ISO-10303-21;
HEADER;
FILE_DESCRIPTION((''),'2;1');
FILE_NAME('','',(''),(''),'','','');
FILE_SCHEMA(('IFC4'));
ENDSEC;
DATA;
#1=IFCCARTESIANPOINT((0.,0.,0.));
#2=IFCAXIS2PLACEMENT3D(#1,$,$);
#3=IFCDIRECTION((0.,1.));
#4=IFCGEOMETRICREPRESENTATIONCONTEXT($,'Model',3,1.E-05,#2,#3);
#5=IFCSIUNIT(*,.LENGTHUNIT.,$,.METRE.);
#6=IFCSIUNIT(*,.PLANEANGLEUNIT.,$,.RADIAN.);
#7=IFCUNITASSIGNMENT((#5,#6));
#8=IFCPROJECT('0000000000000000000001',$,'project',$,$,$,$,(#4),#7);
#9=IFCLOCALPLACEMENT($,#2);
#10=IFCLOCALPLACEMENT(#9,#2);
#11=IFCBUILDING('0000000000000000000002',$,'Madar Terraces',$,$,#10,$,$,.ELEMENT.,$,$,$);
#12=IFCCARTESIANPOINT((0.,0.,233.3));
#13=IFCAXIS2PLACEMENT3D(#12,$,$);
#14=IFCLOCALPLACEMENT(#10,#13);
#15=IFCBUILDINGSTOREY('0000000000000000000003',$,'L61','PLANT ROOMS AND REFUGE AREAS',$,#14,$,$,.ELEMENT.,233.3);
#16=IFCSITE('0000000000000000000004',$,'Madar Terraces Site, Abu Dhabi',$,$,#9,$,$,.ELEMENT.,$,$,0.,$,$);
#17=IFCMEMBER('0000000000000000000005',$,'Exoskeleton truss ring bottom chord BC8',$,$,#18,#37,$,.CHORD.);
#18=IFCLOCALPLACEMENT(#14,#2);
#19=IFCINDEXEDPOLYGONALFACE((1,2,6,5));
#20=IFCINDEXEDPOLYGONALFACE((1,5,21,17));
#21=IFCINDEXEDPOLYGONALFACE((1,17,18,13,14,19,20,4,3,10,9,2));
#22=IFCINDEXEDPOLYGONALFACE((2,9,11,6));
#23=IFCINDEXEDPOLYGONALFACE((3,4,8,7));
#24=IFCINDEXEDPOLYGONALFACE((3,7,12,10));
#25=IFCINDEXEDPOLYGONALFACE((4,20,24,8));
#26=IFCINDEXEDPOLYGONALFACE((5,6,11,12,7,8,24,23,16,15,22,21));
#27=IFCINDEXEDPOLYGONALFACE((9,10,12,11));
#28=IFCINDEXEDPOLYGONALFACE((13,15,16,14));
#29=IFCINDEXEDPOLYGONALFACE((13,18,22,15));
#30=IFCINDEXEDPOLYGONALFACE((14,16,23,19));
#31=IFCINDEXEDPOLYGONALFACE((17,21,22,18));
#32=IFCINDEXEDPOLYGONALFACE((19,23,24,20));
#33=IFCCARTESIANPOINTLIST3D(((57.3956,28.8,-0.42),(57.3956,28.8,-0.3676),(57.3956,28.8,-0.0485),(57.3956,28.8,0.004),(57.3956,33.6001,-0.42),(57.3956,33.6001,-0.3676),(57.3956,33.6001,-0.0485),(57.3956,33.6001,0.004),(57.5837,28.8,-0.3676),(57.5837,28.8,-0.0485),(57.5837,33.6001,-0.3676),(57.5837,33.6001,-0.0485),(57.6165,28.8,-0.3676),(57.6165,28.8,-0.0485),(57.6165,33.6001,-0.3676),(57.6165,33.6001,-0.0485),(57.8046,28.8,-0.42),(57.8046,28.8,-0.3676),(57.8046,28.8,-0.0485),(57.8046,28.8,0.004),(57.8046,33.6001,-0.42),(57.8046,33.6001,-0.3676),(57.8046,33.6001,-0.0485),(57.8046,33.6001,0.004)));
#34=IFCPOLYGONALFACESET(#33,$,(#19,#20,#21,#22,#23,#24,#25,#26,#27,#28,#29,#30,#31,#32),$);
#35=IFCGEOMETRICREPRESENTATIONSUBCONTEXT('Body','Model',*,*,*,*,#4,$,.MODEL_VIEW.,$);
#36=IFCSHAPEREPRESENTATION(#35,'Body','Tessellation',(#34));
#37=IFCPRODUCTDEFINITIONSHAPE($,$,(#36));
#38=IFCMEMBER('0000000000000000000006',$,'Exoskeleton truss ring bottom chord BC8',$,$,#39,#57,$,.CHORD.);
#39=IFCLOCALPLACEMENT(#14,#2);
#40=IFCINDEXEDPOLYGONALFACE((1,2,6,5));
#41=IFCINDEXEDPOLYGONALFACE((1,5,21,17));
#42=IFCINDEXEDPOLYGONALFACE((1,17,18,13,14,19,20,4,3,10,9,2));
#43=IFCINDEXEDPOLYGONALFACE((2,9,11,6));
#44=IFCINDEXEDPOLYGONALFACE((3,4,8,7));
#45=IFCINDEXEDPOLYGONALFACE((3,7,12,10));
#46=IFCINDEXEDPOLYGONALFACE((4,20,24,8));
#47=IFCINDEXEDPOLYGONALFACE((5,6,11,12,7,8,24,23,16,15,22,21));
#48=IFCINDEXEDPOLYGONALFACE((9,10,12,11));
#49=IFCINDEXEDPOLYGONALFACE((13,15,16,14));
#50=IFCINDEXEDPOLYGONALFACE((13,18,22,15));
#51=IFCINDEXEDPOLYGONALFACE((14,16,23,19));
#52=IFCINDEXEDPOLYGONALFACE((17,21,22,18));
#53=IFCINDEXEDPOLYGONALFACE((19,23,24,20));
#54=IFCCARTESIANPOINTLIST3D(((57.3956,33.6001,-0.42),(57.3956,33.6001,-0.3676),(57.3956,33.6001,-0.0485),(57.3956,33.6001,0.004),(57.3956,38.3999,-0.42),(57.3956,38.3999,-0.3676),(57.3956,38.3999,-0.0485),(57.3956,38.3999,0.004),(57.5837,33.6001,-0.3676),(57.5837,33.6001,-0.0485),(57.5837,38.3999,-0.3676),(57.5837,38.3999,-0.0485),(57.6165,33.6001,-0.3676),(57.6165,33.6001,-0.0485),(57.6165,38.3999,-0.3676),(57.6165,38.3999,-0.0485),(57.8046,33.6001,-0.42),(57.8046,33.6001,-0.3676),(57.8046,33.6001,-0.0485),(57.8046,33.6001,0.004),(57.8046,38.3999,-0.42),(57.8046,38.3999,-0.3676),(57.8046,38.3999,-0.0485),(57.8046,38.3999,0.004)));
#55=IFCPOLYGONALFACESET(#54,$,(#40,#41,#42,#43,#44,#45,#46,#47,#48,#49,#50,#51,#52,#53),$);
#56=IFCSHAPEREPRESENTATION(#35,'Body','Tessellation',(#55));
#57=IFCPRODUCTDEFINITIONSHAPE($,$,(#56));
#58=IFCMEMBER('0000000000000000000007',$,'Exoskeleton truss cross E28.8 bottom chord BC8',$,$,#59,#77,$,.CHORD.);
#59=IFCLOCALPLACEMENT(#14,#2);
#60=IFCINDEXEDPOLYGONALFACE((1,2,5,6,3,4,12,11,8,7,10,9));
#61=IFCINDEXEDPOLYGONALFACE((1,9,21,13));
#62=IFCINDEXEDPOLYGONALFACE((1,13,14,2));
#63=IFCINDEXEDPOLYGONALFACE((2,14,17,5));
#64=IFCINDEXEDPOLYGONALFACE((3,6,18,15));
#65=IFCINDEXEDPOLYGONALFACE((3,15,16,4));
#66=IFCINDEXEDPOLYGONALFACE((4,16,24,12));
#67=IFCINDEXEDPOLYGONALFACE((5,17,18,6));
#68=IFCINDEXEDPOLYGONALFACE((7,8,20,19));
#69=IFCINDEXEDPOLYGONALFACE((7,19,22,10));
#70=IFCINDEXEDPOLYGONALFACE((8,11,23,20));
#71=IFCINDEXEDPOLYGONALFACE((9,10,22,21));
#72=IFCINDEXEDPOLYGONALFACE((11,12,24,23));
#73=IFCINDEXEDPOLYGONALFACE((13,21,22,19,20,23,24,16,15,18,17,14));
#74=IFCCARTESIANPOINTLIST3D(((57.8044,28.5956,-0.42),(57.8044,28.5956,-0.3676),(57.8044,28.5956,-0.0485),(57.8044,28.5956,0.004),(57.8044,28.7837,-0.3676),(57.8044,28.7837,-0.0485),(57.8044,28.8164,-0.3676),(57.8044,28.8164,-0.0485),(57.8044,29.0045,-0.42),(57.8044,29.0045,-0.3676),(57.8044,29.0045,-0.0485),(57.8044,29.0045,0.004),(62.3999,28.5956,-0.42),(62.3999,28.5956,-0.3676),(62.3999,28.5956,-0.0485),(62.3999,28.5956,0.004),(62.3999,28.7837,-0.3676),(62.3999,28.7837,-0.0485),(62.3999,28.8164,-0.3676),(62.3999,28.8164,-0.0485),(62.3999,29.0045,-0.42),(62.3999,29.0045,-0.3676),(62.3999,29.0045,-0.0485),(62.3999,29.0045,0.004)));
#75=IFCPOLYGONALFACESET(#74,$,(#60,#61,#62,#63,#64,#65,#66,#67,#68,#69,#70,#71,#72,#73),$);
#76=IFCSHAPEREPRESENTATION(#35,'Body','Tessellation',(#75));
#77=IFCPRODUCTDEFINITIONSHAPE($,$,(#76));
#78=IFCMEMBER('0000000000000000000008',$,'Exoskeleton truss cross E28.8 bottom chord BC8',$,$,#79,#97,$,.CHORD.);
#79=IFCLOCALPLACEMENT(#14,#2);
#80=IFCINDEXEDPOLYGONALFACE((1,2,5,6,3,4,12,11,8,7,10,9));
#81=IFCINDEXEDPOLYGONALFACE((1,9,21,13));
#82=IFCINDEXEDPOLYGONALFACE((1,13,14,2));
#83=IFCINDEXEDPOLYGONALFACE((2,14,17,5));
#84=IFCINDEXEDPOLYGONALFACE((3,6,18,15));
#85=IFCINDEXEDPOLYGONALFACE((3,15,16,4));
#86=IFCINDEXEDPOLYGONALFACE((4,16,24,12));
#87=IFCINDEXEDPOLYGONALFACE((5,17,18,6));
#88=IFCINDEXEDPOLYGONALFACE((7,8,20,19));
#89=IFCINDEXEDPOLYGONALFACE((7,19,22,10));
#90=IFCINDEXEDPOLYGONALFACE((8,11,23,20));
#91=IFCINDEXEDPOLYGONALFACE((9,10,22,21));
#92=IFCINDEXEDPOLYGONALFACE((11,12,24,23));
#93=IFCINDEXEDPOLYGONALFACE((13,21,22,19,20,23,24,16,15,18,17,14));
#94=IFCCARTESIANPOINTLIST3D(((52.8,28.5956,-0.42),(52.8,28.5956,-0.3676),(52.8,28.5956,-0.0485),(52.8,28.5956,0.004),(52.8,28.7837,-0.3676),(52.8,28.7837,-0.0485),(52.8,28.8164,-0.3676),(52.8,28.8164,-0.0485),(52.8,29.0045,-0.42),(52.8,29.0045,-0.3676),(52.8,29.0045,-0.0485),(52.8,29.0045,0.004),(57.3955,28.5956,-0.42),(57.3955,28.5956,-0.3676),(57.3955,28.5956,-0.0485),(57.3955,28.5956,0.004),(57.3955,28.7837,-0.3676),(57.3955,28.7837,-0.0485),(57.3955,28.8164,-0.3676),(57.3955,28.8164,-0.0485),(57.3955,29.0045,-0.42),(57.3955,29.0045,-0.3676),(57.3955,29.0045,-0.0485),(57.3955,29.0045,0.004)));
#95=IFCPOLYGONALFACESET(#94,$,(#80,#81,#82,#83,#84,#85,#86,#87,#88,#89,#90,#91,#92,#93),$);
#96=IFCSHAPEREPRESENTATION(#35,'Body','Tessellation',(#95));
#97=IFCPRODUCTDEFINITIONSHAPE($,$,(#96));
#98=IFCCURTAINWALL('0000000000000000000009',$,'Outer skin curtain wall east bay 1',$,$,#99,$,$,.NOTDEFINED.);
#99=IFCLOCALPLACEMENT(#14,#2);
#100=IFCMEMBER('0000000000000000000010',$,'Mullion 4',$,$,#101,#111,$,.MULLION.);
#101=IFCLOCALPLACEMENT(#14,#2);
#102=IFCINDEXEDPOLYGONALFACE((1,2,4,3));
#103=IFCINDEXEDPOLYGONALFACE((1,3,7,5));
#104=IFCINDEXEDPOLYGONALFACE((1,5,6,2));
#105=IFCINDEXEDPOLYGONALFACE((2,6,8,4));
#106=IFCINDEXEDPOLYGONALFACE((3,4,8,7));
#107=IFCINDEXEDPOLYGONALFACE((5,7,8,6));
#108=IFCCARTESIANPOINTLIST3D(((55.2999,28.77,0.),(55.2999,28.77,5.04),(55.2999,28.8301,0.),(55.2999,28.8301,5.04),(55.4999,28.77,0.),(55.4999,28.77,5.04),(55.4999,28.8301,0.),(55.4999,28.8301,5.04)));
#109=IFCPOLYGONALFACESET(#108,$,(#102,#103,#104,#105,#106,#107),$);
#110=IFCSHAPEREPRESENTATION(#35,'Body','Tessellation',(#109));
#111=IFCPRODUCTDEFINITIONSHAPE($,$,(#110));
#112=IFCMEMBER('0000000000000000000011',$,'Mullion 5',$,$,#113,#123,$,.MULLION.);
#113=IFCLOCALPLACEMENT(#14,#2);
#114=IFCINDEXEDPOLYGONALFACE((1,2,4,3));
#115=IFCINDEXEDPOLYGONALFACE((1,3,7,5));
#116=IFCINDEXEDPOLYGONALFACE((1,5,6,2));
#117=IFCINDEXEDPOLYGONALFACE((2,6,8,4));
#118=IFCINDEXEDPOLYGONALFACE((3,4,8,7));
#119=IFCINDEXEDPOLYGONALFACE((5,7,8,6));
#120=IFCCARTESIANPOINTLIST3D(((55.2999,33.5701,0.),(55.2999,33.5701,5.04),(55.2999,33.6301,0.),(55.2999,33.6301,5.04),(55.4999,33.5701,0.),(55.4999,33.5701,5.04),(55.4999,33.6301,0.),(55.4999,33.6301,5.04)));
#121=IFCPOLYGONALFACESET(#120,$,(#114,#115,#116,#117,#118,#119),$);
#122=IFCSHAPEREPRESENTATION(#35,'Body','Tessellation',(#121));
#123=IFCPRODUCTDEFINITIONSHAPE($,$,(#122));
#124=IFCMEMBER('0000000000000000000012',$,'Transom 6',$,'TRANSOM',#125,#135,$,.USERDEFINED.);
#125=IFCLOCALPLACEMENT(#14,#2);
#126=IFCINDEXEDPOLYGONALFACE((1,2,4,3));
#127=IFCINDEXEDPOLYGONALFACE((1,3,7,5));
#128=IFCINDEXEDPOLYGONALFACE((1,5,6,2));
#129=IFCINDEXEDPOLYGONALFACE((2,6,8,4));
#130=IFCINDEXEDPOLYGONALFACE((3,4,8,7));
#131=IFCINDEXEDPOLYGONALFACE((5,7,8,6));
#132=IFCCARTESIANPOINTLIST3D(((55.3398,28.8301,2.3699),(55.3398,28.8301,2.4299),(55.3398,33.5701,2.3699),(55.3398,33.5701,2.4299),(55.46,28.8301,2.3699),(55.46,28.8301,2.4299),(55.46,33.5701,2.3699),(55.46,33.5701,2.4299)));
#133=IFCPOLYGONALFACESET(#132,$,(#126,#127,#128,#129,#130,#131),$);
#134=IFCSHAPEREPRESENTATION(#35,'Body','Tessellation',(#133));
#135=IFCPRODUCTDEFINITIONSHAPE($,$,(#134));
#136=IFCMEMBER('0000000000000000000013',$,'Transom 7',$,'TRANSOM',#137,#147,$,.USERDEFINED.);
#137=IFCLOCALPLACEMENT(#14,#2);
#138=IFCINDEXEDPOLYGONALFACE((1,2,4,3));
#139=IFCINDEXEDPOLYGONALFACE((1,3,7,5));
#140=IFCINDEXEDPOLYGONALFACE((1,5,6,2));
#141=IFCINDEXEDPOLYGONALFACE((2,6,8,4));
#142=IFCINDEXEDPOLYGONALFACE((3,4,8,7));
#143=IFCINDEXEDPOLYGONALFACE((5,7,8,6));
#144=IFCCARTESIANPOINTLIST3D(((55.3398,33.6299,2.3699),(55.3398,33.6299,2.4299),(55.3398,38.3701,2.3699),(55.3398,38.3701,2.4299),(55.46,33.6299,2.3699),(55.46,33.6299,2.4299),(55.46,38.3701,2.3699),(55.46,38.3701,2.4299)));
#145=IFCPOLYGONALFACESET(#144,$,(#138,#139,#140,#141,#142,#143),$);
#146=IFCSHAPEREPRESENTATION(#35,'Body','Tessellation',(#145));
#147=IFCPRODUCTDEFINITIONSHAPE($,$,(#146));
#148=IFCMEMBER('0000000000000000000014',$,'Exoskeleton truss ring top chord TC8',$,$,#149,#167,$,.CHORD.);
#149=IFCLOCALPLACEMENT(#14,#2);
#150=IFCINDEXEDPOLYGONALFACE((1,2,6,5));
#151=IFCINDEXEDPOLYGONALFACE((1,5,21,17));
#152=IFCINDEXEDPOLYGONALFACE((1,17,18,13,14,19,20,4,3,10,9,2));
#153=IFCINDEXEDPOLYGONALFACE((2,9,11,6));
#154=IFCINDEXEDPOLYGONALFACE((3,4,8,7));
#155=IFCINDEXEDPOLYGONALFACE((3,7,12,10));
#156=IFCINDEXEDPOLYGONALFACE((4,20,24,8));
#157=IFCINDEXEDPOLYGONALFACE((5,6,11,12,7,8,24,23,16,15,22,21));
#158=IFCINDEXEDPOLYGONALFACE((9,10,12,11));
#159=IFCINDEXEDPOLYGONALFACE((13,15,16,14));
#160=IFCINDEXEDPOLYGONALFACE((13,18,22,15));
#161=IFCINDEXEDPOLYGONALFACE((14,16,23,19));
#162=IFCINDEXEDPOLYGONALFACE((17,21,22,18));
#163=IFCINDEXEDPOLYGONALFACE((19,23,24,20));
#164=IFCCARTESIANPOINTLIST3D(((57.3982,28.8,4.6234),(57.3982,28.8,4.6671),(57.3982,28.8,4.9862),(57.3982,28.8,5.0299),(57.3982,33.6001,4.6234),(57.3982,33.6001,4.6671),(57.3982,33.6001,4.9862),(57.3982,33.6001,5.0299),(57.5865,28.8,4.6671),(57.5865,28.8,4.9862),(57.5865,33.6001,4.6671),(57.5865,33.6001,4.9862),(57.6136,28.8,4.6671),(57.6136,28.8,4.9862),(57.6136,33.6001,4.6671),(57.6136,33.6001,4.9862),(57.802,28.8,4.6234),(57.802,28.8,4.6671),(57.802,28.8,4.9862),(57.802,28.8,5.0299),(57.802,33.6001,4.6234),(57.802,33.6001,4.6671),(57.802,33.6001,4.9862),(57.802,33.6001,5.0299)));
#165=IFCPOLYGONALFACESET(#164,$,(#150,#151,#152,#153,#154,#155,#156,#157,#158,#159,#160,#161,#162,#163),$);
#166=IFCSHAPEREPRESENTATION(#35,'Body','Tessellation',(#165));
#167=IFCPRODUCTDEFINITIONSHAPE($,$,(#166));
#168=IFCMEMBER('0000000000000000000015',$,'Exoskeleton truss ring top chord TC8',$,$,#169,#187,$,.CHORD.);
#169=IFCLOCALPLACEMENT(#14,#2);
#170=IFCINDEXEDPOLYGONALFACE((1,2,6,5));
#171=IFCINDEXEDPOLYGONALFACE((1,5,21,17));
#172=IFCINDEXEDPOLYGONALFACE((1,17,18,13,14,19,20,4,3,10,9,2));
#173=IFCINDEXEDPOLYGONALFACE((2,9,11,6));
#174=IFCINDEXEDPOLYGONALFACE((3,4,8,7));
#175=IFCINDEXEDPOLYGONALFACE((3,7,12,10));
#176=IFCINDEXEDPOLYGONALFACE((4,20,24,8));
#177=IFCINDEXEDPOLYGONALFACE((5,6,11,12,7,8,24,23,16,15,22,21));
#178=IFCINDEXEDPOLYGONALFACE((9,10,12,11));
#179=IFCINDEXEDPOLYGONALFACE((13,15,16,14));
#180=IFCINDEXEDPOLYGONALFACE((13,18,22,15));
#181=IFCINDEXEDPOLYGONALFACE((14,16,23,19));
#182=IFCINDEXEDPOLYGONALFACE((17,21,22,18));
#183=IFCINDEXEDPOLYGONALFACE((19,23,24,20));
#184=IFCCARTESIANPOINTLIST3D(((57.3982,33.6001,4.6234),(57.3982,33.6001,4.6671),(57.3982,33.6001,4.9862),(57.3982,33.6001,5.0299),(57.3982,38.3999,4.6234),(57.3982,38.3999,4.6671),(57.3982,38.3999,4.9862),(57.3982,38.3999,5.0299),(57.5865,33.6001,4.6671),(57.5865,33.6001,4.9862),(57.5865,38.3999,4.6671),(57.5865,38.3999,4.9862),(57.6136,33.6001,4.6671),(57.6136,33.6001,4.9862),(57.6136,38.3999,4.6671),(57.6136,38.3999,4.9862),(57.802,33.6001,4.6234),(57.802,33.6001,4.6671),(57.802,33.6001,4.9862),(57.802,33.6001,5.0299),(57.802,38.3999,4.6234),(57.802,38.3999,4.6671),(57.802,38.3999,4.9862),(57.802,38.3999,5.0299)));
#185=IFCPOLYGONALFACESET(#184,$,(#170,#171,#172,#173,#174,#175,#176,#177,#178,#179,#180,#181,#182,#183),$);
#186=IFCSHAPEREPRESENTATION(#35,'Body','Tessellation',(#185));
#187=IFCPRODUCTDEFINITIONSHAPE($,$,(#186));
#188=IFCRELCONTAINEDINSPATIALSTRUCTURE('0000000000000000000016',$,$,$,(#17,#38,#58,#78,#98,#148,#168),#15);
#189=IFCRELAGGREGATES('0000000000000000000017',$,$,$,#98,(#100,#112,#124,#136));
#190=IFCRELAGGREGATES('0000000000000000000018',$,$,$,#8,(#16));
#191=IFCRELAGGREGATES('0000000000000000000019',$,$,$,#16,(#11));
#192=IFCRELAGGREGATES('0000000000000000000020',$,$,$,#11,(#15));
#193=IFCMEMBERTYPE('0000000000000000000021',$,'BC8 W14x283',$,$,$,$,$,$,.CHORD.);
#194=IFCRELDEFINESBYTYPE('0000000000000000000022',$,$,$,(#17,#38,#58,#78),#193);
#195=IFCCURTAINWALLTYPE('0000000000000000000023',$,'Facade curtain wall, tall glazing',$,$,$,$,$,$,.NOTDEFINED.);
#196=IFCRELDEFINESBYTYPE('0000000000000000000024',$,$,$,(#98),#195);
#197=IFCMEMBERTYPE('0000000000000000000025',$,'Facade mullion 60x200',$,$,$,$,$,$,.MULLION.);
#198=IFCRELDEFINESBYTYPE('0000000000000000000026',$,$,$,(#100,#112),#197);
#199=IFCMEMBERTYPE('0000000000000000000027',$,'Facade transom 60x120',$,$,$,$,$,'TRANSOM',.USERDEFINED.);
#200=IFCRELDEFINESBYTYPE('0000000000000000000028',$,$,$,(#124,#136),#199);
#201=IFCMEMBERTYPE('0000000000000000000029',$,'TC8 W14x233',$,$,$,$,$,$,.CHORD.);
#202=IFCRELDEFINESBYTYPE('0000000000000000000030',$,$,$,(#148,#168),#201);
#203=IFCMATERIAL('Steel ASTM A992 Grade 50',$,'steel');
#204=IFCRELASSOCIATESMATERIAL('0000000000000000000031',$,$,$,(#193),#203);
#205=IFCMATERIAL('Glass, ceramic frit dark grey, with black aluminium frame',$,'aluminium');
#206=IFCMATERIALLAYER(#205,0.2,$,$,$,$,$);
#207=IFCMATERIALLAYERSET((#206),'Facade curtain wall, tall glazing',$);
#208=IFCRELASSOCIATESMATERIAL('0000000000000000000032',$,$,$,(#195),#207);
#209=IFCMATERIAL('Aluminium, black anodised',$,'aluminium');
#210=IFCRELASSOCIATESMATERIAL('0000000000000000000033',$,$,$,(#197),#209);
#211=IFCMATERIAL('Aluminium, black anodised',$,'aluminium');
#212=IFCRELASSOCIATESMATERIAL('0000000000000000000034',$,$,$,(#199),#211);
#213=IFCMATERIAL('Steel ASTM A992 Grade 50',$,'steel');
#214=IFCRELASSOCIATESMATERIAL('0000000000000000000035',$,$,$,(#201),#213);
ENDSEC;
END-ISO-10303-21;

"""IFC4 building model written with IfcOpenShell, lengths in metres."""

from ifc_helpers import new_model, si_unit, direction, frame, origin, origin_2d, place, context, subcontext, project, spatial, rectangle, i_section, extrude, material, layer, layer_set, material_profile, profile_set, type_object, element, aggregate, save


model = new_model("IFC4")

# Units and contexts
model_context = context("Model", 3, precision=1e-05, world=origin(), true_north=direction((0.0, 1.0)))
body_context = subcontext(model_context, "Body", "Model", "MODEL_VIEW")
ifc_project = project(units=[si_unit("LENGTHUNIT", "METRE"), si_unit("PLANEANGLEUNIT", "RADIAN")], contexts=[model_context])

# Site, building, storey
site_placement = place(None, origin())
site = spatial("IfcSite", under=ifc_project, at=site_placement, Name="Madar Terraces Site, Abu Dhabi", CompositionType="ELEMENT", RefElevation=0.0)
building_placement = place(site_placement, origin())
building = spatial("IfcBuilding", under=site, at=building_placement, Name="Madar Terraces", CompositionType="ELEMENT")
storey_placement = place(building_placement, frame((0.0, 0.0, 233.3)))
storey = spatial("IfcBuildingStorey", under=building, at=storey_placement, Name="L61", Description="PLANT ROOMS AND REFUGE AREAS", CompositionType="ELEMENT", Elevation=233.3)

# Members
ifc_material_1 = material(Name="Steel ASTM A992 Grade 50", Category="steel")
ifc_material_profile_1 = material_profile(ifc_material_1, i_section(OverallWidth=0.4089, OverallDepth=0.4241, WebThickness=0.0327, FlangeThickness=0.0525, at=origin_2d()), Name="W14x283")
ifc_profile_set_1 = profile_set([ifc_material_profile_1], Name="Steel ASTM A992 Grade 50")
member_type_1 = type_object("IfcMemberType", Name="BC8 W14x283", PredefinedType="CHORD", material=ifc_profile_set_1)
member_1_placement = place(storey_placement, frame((57.6001, 28.8, -0.208), z_axis=(0.0, 1.0, 0.0), x_axis=(-1.0, 0.0, 0.0)))
element("IfcMember", 1, at=member_1_placement, inside=storey, type_object=member_type_1, Name="Exoskeleton truss ring bottom chord BC8", PredefinedType="CHORD", context=body_context, shape_type="SweptSolid", body=[
    extrude(i_section(OverallWidth=0.4089, OverallDepth=0.4241, WebThickness=0.0327, FlangeThickness=0.0525, at=origin_2d()), origin(), (0.0, 0.0, 1.0), 4.8),
])
member_2_placement = place(storey_placement, frame((57.6001, 33.6001, -0.208), z_axis=(0.0, 1.0, 0.0), x_axis=(-1.0, 0.0, 0.0)))
element("IfcMember", 2, at=member_2_placement, inside=storey, type_object=member_type_1, Name="Exoskeleton truss ring bottom chord BC8", PredefinedType="CHORD", context=body_context, shape_type="SweptSolid", body=[
    extrude(i_section(OverallWidth=0.4089, OverallDepth=0.4241, WebThickness=0.0327, FlangeThickness=0.0525, at=origin_2d()), origin(), (0.0, 0.0, 1.0), 4.7998),
])
for number, where, z_axis, x_axis, name in (
    (3, (62.3999, 28.8, -0.208), (-1.0, 0.0, 0.0), (0.0, -1.0, 0.0), "Exoskeleton truss cross E28.8 bottom chord BC8"),
    (4, (57.3955, 28.8, -0.208), (-1.0, 0.0, 0.0), (0.0, -1.0, 0.0), "Exoskeleton truss cross E28.8 bottom chord BC8"),
):
    element("IfcMember", number, at=place(storey_placement, frame(where, z_axis=z_axis, x_axis=x_axis)), inside=storey, type_object=member_type_1, Name=name, PredefinedType="CHORD", context=body_context, shape_type="SweptSolid", body=[
        extrude(i_section(OverallWidth=0.4089, OverallDepth=0.4241, WebThickness=0.0327, FlangeThickness=0.0525, at=origin_2d()), origin(), (0.0, 0.0, 1.0), 4.5955),
    ])

# Curtain wall, members
ifc_material_2 = material(Name="Glass, ceramic frit dark grey, with black aluminium frame", Category="aluminium")
ifc_layer_1 = layer(ifc_material_2, 0.2)
ifc_layer_set_1 = layer_set([ifc_layer_1], Name="Facade curtain wall, tall glazing")
curtain_wall_type = type_object("IfcCurtainWallType", Name="Facade curtain wall, tall glazing", PredefinedType="NOTDEFINED", material=ifc_layer_set_1)
curtain_wall_placement = place(storey_placement, origin())
curtain_wall = element("IfcCurtainWall", 5, at=curtain_wall_placement, inside=storey, type_object=curtain_wall_type, Name="Outer skin curtain wall east bay 1", PredefinedType="NOTDEFINED")
ifc_material_3 = material(Name="Aluminium, black anodised", Category="aluminium")
ifc_material_profile_2 = material_profile(ifc_material_3, rectangle(XDim=0.2, YDim=0.0601, at=origin_2d()), Name="Facade mullion 60x200")
ifc_profile_set_2 = profile_set([ifc_material_profile_2], Name="Aluminium, black anodised")
member_type_2 = type_object("IfcMemberType", Name="Facade mullion 60x200", PredefinedType="MULLION", material=ifc_profile_set_2)
member_3_placement = place(storey_placement, frame((55.3999, 28.8, 0.0), z_axis=(0.0, 0.0, 1.0), x_axis=(-1.0, 0.0, 0.0)))
member_3 = element("IfcMember", 6, at=member_3_placement, type_object=member_type_2, Name="Mullion 4", PredefinedType="MULLION", context=body_context, shape_type="SweptSolid", body=[
    extrude(rectangle(XDim=0.2, YDim=0.0601, at=origin_2d()), origin(), (0.0, 0.0, 1.0), 5.04),
])
member_4_placement = place(storey_placement, frame((55.3999, 33.6001, 0.0), z_axis=(0.0, 0.0, 1.0), x_axis=(-1.0, 0.0, 0.0)))
member_4 = element("IfcMember", 7, at=member_4_placement, type_object=member_type_2, Name="Mullion 5", PredefinedType="MULLION", context=body_context, shape_type="SweptSolid", body=[
    extrude(rectangle(XDim=0.2, YDim=0.0601, at=origin_2d()), origin(), (0.0, 0.0, 1.0), 5.04),
])
ifc_material_4 = material(Name="Aluminium, black anodised", Category="aluminium")
ifc_material_profile_3 = material_profile(ifc_material_4, rectangle(XDim=0.1201, YDim=0.0601, at=origin_2d()), Name="Facade transom 60x120")
ifc_profile_set_3 = profile_set([ifc_material_profile_3], Name="Aluminium, black anodised")
member_type_3 = type_object("IfcMemberType", Name="Facade transom 60x120", ElementType="TRANSOM", PredefinedType="USERDEFINED", material=ifc_profile_set_3)
member_5_placement = place(storey_placement, frame((55.3999, 28.8301, 2.3999), z_axis=(0.0, 1.0, 0.0), x_axis=(-1.0, 0.0, 0.0)))
member_5 = element("IfcMember", 8, at=member_5_placement, type_object=member_type_3, Name="Transom 6", ObjectType="TRANSOM", PredefinedType="USERDEFINED", context=body_context, shape_type="SweptSolid", body=[
    extrude(rectangle(XDim=0.1201, YDim=0.0601, at=origin_2d()), origin(), (0.0, 0.0, 1.0), 4.74),
])
member_6_placement = place(storey_placement, frame((55.3999, 33.6299, 2.3999), z_axis=(0.0, 1.0, 0.0), x_axis=(-1.0, 0.0, 0.0)))
member_6 = element("IfcMember", 9, at=member_6_placement, type_object=member_type_3, Name="Transom 7", ObjectType="TRANSOM", PredefinedType="USERDEFINED", context=body_context, shape_type="SweptSolid", body=[
    extrude(rectangle(XDim=0.1201, YDim=0.0601, at=origin_2d()), origin(), (0.0, 0.0, 1.0), 4.7402),
])

# Members
ifc_material_5 = material(Name="Steel ASTM A992 Grade 50", Category="steel")
ifc_material_profile_4 = material_profile(ifc_material_5, i_section(OverallWidth=0.4038, OverallDepth=0.4065, WebThickness=0.0271, FlangeThickness=0.0437, at=origin_2d()), Name="W14x233")
ifc_profile_set_4 = profile_set([ifc_material_profile_4], Name="Steel ASTM A992 Grade 50")
member_type_4 = type_object("IfcMemberType", Name="TC8 W14x233", PredefinedType="CHORD", material=ifc_profile_set_4)
member_7_placement = place(storey_placement, frame((57.6001, 28.8, 4.8267), z_axis=(0.0, 1.0, 0.0), x_axis=(-1.0, 0.0, 0.0)))
element("IfcMember", 10, at=member_7_placement, inside=storey, type_object=member_type_4, Name="Exoskeleton truss ring top chord TC8", PredefinedType="CHORD", context=body_context, shape_type="SweptSolid", body=[
    extrude(i_section(OverallWidth=0.4038, OverallDepth=0.4065, WebThickness=0.0271, FlangeThickness=0.0437, at=origin_2d()), origin(), (0.0, 0.0, 1.0), 4.8),
])
member_8_placement = place(storey_placement, frame((57.6001, 33.6001, 4.8267), z_axis=(0.0, 1.0, 0.0), x_axis=(-1.0, 0.0, 0.0)))
element("IfcMember", 11, at=member_8_placement, inside=storey, type_object=member_type_4, Name="Exoskeleton truss ring top chord TC8", PredefinedType="CHORD", context=body_context, shape_type="SweptSolid", body=[
    extrude(i_section(OverallWidth=0.4038, OverallDepth=0.4065, WebThickness=0.0271, FlangeThickness=0.0437, at=origin_2d()), origin(), (0.0, 0.0, 1.0), 4.7998),
])

aggregate(curtain_wall, [member_3, member_4, member_5, member_6])

save(model, "model.ifc")
